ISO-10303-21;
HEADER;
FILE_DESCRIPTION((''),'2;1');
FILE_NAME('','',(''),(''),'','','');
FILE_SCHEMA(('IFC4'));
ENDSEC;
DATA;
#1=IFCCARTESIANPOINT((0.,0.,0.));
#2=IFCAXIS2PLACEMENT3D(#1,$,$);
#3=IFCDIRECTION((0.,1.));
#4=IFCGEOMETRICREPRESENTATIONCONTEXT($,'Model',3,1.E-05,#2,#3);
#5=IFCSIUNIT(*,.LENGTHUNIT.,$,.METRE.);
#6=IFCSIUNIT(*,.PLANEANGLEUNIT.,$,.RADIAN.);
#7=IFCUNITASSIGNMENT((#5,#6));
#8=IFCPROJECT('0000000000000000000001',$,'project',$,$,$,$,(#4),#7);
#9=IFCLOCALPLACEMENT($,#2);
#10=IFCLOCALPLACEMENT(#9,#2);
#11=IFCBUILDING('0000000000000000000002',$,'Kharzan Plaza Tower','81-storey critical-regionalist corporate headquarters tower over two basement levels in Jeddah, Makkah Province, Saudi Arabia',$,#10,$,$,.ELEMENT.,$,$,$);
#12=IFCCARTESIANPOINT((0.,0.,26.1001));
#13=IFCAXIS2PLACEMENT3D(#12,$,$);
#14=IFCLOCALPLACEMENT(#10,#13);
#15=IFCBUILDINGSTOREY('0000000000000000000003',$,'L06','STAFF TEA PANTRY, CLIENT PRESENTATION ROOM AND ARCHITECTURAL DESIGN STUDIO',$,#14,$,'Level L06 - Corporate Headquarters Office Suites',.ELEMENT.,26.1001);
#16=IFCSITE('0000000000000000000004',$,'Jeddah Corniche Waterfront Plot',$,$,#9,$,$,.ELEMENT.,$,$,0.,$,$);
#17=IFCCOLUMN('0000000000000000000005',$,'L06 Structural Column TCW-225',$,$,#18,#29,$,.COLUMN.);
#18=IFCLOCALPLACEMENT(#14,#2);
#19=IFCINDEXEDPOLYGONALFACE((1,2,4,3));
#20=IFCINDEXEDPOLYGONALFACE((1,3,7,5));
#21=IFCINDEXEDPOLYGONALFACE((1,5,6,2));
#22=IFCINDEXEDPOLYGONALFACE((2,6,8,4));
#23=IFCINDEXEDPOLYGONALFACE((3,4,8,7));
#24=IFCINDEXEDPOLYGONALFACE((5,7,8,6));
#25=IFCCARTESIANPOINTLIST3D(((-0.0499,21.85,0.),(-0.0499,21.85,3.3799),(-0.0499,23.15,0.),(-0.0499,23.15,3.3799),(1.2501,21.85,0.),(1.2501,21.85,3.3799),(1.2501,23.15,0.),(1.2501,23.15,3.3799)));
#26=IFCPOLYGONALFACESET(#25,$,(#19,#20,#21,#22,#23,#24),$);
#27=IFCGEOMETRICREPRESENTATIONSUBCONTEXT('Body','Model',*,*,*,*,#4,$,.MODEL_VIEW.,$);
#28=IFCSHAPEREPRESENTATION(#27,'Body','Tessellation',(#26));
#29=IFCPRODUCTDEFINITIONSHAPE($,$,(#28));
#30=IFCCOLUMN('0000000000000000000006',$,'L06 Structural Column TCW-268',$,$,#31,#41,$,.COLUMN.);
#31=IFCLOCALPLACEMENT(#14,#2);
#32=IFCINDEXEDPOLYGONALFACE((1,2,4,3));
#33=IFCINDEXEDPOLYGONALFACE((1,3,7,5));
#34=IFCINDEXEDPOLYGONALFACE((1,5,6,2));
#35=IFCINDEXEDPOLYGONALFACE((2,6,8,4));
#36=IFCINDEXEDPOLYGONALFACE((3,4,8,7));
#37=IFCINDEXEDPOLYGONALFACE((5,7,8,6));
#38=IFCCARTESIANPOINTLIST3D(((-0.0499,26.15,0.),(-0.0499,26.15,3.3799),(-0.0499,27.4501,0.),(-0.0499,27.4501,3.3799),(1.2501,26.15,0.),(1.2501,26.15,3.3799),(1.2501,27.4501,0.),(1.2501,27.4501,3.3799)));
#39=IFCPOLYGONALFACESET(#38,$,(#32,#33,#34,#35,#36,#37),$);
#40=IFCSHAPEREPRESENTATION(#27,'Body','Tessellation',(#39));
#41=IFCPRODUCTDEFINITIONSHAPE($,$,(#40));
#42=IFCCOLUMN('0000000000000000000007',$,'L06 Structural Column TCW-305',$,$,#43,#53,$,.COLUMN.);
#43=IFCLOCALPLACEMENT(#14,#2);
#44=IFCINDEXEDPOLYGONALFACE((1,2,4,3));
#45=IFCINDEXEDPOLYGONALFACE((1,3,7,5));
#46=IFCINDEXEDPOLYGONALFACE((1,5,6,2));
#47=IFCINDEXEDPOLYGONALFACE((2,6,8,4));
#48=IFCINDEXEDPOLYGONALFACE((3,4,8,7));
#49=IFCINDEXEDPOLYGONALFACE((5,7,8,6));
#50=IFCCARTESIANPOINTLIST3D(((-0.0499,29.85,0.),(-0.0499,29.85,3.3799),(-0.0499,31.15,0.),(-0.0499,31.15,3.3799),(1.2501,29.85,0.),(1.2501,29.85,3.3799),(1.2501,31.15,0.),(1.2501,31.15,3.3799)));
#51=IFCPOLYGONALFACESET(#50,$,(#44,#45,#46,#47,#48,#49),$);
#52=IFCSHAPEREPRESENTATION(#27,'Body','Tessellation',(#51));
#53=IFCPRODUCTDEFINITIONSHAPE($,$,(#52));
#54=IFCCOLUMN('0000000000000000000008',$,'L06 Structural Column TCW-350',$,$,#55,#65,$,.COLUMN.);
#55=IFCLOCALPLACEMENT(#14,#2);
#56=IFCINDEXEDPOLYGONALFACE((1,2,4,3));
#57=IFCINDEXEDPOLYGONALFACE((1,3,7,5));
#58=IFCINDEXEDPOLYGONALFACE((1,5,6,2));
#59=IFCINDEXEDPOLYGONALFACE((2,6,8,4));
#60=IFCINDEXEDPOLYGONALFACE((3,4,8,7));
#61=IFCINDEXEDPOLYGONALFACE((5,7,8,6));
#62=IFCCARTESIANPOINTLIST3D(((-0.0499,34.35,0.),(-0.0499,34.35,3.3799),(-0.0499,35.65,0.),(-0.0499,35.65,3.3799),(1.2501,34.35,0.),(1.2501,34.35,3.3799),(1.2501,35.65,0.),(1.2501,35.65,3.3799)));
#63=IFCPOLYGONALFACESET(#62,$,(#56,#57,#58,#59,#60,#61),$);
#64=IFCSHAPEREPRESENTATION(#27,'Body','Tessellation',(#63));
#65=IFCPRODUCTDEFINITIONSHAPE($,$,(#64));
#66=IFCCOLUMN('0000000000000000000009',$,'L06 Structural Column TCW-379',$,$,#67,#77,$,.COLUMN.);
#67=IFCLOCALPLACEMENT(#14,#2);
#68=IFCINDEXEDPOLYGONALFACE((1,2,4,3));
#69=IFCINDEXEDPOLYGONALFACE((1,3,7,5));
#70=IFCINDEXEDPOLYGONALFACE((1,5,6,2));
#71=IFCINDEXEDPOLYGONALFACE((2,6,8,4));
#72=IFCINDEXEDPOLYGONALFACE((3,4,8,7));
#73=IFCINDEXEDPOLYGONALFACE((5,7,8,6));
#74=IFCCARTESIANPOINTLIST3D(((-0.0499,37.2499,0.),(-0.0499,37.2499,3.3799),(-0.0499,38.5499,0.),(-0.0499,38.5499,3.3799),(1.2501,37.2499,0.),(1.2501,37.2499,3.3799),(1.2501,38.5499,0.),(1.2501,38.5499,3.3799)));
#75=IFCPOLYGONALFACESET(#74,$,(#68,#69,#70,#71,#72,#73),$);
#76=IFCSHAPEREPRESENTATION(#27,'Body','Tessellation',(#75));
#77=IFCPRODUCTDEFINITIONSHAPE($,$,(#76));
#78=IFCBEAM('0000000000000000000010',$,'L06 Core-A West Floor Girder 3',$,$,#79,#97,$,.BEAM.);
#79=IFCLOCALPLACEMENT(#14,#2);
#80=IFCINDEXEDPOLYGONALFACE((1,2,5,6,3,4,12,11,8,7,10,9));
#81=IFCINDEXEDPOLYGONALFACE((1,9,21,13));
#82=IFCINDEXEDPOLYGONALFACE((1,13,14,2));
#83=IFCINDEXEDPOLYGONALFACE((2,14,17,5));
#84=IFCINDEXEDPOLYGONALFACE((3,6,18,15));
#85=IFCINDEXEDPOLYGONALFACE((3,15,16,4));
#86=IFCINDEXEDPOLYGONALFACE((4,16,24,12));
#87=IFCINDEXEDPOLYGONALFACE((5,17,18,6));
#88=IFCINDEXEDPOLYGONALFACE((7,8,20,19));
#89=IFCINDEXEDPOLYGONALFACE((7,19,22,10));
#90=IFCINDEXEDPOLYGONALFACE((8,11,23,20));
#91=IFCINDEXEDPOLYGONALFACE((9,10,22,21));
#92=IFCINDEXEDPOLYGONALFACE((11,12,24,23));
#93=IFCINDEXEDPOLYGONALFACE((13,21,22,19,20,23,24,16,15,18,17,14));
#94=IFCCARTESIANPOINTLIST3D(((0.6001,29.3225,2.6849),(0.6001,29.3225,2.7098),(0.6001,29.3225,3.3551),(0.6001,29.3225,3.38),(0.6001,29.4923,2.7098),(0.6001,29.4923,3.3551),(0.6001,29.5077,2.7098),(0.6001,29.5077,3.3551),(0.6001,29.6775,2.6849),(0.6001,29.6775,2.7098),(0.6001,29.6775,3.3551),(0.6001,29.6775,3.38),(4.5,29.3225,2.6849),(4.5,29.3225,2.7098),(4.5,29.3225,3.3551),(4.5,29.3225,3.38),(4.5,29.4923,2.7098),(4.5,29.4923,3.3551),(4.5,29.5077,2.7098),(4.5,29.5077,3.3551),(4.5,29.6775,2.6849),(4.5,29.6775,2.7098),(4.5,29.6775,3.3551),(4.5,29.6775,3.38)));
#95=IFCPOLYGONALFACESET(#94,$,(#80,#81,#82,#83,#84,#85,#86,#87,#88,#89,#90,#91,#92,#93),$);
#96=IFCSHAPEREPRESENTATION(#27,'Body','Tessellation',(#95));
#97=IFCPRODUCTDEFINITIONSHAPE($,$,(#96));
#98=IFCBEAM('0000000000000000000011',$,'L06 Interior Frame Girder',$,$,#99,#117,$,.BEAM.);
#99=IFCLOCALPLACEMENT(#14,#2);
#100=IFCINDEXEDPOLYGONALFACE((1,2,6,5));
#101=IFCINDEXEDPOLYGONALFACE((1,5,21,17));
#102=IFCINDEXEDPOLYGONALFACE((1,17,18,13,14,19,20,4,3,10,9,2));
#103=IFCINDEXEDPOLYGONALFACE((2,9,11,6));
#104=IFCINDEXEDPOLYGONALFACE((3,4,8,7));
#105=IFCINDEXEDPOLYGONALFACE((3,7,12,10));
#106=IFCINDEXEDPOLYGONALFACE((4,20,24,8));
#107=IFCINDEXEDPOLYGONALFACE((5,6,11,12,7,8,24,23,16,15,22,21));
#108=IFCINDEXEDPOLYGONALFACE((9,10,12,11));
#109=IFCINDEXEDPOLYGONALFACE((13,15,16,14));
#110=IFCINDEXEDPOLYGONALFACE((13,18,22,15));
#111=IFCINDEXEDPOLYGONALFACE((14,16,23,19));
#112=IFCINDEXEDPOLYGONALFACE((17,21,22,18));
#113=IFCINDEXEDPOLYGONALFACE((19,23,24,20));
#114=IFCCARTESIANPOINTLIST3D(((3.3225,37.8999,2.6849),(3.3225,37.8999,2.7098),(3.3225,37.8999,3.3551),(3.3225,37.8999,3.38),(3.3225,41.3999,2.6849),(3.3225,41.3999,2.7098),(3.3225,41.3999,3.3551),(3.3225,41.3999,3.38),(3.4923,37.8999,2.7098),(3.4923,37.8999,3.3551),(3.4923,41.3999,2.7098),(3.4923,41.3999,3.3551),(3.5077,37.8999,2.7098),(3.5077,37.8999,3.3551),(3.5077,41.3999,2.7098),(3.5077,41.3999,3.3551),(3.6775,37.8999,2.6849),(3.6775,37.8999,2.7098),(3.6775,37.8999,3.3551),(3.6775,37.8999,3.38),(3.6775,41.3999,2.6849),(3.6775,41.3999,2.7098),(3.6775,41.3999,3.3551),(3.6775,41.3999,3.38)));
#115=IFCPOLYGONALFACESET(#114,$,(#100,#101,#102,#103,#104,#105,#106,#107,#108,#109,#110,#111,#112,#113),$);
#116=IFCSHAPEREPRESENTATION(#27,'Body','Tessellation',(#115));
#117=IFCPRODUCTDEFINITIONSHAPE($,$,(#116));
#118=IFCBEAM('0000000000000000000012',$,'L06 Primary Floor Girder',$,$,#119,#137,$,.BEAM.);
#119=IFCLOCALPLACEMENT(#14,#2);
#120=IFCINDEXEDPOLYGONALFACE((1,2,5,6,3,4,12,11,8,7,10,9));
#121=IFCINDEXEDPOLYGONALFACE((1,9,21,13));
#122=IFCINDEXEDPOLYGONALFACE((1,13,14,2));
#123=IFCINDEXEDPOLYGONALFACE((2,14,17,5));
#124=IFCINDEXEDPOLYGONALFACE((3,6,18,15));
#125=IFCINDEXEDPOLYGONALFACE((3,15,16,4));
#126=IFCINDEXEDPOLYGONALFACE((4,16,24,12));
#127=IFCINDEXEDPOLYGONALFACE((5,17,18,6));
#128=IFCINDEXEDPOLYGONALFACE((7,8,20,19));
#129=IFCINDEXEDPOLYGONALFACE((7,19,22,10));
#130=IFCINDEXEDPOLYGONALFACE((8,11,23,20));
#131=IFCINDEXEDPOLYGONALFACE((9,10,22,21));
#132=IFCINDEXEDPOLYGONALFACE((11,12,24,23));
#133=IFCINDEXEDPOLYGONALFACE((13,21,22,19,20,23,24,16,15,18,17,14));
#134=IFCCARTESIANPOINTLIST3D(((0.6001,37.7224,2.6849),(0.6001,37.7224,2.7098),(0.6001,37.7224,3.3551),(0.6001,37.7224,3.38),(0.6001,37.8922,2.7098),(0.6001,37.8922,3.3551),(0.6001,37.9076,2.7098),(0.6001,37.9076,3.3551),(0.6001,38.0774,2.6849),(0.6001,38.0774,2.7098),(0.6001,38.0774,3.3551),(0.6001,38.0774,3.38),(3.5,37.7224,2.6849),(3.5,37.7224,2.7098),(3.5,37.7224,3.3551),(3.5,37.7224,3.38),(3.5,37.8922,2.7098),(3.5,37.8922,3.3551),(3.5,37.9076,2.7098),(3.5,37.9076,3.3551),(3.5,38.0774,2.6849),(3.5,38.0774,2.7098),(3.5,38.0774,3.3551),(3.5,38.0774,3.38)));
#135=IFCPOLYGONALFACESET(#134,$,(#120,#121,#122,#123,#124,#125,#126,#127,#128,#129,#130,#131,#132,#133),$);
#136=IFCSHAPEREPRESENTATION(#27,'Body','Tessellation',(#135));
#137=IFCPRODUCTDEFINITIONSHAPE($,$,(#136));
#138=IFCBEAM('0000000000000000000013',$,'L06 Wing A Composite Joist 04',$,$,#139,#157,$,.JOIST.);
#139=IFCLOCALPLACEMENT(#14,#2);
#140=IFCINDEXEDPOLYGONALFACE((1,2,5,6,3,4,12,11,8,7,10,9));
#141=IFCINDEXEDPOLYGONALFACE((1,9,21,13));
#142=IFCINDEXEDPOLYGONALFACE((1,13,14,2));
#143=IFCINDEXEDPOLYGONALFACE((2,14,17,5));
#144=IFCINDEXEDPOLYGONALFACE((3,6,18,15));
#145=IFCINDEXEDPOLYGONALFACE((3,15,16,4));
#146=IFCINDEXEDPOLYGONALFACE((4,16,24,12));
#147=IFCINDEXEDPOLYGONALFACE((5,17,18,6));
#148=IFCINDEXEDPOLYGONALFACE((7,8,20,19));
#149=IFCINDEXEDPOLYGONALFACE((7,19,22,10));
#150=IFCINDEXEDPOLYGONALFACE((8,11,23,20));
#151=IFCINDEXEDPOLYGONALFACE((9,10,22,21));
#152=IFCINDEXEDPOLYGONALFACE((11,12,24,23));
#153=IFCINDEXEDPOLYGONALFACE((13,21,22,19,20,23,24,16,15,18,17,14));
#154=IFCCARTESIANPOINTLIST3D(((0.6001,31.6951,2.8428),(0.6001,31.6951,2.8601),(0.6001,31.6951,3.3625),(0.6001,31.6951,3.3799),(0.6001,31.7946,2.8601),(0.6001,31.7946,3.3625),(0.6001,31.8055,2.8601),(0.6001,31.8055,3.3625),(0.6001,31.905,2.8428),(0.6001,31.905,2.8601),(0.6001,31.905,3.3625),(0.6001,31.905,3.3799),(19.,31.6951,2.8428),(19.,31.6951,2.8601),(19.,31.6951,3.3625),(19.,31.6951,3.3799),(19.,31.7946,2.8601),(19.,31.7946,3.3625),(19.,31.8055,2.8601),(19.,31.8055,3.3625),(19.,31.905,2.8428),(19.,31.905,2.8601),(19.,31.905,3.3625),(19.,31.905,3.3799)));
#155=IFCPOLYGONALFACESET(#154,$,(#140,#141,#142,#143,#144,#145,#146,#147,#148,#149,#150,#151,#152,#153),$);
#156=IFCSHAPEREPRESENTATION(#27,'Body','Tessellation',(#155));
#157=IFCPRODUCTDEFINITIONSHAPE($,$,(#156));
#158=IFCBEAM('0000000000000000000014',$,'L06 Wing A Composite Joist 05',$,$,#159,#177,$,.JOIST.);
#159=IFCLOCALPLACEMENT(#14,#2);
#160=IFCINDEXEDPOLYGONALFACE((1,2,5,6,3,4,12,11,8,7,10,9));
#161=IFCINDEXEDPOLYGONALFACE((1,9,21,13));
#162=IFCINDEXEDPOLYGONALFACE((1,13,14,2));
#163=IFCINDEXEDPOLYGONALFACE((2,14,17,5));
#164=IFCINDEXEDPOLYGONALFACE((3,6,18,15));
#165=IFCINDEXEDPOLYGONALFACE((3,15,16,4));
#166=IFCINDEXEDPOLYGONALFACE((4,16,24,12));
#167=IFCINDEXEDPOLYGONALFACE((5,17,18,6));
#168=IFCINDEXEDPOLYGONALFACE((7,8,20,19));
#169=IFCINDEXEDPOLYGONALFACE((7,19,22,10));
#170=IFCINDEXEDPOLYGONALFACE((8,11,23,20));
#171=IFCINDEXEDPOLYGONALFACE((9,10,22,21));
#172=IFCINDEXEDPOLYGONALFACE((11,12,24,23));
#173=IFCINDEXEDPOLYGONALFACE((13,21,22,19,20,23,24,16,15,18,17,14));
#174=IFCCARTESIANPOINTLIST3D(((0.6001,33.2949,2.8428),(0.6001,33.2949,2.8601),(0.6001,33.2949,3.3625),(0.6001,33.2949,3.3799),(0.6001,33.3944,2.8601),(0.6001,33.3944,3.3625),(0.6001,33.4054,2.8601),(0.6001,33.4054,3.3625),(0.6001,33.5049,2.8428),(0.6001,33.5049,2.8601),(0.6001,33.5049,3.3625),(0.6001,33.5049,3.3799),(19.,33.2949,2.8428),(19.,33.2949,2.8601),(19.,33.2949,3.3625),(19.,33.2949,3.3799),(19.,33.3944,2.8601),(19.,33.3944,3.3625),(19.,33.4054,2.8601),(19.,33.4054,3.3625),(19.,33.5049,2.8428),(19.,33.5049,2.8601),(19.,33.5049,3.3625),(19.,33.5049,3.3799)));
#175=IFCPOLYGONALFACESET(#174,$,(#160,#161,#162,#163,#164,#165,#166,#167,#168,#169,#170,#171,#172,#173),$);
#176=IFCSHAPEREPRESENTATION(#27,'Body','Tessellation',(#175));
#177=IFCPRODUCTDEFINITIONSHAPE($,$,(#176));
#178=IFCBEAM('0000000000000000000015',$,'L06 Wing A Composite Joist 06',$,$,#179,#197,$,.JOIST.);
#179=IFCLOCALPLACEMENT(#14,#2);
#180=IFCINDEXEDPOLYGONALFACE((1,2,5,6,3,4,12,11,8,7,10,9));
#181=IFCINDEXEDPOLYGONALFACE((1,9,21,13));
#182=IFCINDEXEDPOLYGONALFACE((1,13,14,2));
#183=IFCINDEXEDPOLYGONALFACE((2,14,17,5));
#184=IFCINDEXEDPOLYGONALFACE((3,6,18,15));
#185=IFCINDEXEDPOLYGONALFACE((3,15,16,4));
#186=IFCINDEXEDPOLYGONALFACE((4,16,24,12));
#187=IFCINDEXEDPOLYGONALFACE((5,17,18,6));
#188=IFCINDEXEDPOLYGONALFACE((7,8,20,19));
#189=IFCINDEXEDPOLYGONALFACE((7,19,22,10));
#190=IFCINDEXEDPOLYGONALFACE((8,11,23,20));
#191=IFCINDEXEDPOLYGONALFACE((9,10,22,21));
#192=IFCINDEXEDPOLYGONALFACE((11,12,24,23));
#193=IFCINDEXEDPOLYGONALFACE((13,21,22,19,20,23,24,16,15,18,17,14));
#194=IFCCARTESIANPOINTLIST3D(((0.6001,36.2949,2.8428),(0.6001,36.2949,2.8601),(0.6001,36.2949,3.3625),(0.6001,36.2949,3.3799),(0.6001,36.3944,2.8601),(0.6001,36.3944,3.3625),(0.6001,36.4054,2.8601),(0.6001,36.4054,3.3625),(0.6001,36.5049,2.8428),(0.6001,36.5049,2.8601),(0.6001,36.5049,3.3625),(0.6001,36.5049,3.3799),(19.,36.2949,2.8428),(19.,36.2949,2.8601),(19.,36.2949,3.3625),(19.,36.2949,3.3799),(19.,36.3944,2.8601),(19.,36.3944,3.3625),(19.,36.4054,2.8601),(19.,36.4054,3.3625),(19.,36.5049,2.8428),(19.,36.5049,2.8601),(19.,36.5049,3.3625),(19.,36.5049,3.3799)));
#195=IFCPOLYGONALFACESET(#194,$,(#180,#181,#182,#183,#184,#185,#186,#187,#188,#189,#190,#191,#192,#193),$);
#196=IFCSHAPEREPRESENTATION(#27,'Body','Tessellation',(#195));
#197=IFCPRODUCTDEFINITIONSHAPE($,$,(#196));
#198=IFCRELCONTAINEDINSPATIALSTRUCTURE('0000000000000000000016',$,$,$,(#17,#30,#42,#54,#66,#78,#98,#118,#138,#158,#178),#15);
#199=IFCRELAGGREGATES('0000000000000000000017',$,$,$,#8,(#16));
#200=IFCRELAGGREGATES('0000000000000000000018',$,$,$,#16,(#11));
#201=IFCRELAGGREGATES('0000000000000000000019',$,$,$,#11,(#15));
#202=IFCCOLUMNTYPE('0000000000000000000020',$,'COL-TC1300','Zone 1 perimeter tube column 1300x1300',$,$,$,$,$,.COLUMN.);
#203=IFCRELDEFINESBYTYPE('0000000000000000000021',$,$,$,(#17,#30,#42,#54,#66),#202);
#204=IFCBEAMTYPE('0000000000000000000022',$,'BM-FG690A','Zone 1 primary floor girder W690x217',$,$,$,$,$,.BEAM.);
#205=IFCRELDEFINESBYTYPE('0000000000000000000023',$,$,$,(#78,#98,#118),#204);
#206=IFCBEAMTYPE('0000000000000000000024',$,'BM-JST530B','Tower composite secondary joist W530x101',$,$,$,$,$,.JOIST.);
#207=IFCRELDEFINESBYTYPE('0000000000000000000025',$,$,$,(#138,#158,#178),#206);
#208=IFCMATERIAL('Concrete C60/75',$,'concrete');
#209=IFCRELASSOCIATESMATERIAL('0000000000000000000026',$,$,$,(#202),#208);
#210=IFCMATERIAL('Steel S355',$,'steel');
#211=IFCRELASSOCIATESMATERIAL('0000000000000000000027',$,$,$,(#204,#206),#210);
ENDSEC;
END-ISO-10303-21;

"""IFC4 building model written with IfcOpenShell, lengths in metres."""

from ifc_helpers import new_model, si_unit, direction, frame, origin, origin_2d, place, context, subcontext, project, spatial, rectangle, i_section, extrude, source, transform, mapped, material, material_profile, profile_set, type_object, element, save


model = new_model("IFC4")

# Units and contexts
model_context = context("Model", 3, precision=1e-05, world=origin(), true_north=direction((0.0, 1.0)))
body_context = subcontext(model_context, "Body", "Model", "MODEL_VIEW")
ifc_project = project(units=[si_unit("LENGTHUNIT", "METRE"), si_unit("PLANEANGLEUNIT", "RADIAN")], contexts=[model_context])

# Site, building, storey
site_placement = place(None, origin())
site = spatial("IfcSite", under=ifc_project, at=site_placement, Name="Jeddah Corniche Waterfront Plot", CompositionType="ELEMENT", RefElevation=0.0)
building_placement = place(site_placement, origin())
building = spatial("IfcBuilding", under=site, at=building_placement, Name="Kharzan Plaza Tower", Description="81-storey critical-regionalist corporate headquarters tower over two basement levels in Jeddah, Makkah Province, Saudi Arabia", CompositionType="ELEMENT")
storey_placement = place(building_placement, frame((0.0, 0.0, 26.1001)))
storey = spatial("IfcBuildingStorey", under=building, at=storey_placement, Name="L06", Description="STAFF TEA PANTRY, CLIENT PRESENTATION ROOM AND ARCHITECTURAL DESIGN STUDIO", LongName="Level L06 - Corporate Headquarters Office Suites", CompositionType="ELEMENT", Elevation=26.1001)

# Columns
ifc_material_1 = material(Name="Concrete C60/75", Category="concrete")
ifc_material_profile_1 = material_profile(ifc_material_1, rectangle(XDim=1.3, YDim=1.3, at=origin_2d()), Name="RC-TC1300x1300")
ifc_profile_set_1 = profile_set([ifc_material_profile_1], Name="Concrete C60/75")
column_type = type_object("IfcColumnType", Name="COL-TC1300", Description="Zone 1 perimeter tube column 1300x1300", PredefinedType="COLUMN", material=ifc_profile_set_1)
shared_shape_1 = source(origin(), body_context, "Body", "SweptSolid", [
    extrude(rectangle(XDim=1.3, YDim=1.3, at=origin_2d()), origin(), (0.0, 0.0, 1.0), 3.3799),
])
for number, where, z_axis, x_axis, name in (
    (1, (0.6001, 22.5, 0.0), (0.0, 0.0, 1.0), (1.0, 0.0, 0.0), "L06 Structural Column TCW-225"),
    (2, (0.6001, 26.8, 0.0), (0.0, 0.0, 1.0), (1.0, 0.0, 0.0), "L06 Structural Column TCW-268"),
    (3, (0.6001, 30.5, 0.0), (0.0, 0.0, 1.0), (1.0, 0.0, 0.0), "L06 Structural Column TCW-305"),
    (4, (0.6001, 35.0, 0.0), (0.0, 0.0, 1.0), (1.0, 0.0, 0.0), "L06 Structural Column TCW-350"),
    (5, (0.6001, 37.8999, 0.0), (0.0, 0.0, 1.0), (1.0, 0.0, 0.0), "L06 Structural Column TCW-379"),
):
    element("IfcColumn", number, at=place(storey_placement, frame(where, z_axis=z_axis, x_axis=x_axis)), inside=storey, type_object=column_type, Name=name, PredefinedType="COLUMN", context=body_context, shape_type="MappedRepresentation", body=[
        mapped(shared_shape_1, transform((0.0, 0.0, 0.0), x_axis=(1.0, 0.0, 0.0), y_axis=(0.0, 1.0, 0.0), z_axis=(0.0, 0.0, 1.0))),
    ])

# Beams
ifc_material_2 = material(Name="Steel S355", Category="steel")
ifc_material_profile_2 = material_profile(ifc_material_2, i_section(OverallWidth=0.355, OverallDepth=0.6951, WebThickness=0.0154, FlangeThickness=0.0249, at=origin_2d()), Name="W690x217")
ifc_profile_set_2 = profile_set([ifc_material_profile_2], Name="Steel S355")
beam_type_1 = type_object("IfcBeamType", Name="BM-FG690A", Description="Zone 1 primary floor girder W690x217", PredefinedType="BEAM", material=ifc_profile_set_2)
shared_shape_2 = source(origin(), body_context, "Body", "SweptSolid", [
    extrude(i_section(OverallWidth=0.355, OverallDepth=0.6951, WebThickness=0.0154, FlangeThickness=0.0249, at=origin_2d()), origin(), (0.0, 0.0, 1.0), 3.8999),
])
beam_1_placement = place(storey_placement, frame((0.6001, 29.5, 3.0325), z_axis=(1.0, 0.0, 0.0), x_axis=(0.0, 1.0, 0.0)))
element("IfcBeam", 6, at=beam_1_placement, inside=storey, type_object=beam_type_1, Name="L06 Core-A West Floor Girder 3", PredefinedType="BEAM", context=body_context, shape_type="MappedRepresentation", body=[
    mapped(shared_shape_2, transform((0.0, 0.0, 0.0), x_axis=(1.0, 0.0, 0.0), y_axis=(0.0, 1.0, 0.0), z_axis=(0.0, 0.0, 1.0))),
])
shared_shape_3 = source(origin(), body_context, "Body", "SweptSolid", [
    extrude(i_section(OverallWidth=0.355, OverallDepth=0.6951, WebThickness=0.0154, FlangeThickness=0.0249, at=origin_2d()), origin(), (0.0, 0.0, 1.0), 3.5),
])
beam_2_placement = place(storey_placement, frame((3.5, 37.8999, 3.0325), z_axis=(0.0, 1.0, 0.0), x_axis=(-1.0, 0.0, 0.0)))
element("IfcBeam", 7, at=beam_2_placement, inside=storey, type_object=beam_type_1, Name="L06 Interior Frame Girder", PredefinedType="BEAM", context=body_context, shape_type="MappedRepresentation", body=[
    mapped(shared_shape_3, transform((0.0, 0.0, 0.0), x_axis=(1.0, 0.0, 0.0), y_axis=(0.0, 1.0, 0.0), z_axis=(0.0, 0.0, 1.0))),
])
shared_shape_4 = source(origin(), body_context, "Body", "SweptSolid", [
    extrude(i_section(OverallWidth=0.355, OverallDepth=0.6951, WebThickness=0.0154, FlangeThickness=0.0249, at=origin_2d()), origin(), (0.0, 0.0, 1.0), 2.8999),
])
beam_3_placement = place(storey_placement, frame((0.6001, 37.8999, 3.0325), z_axis=(1.0, 0.0, 0.0), x_axis=(0.0, 1.0, 0.0)))
element("IfcBeam", 8, at=beam_3_placement, inside=storey, type_object=beam_type_1, Name="L06 Primary Floor Girder", PredefinedType="BEAM", context=body_context, shape_type="MappedRepresentation", body=[
    mapped(shared_shape_4, transform((0.0, 0.0, 0.0), x_axis=(1.0, 0.0, 0.0), y_axis=(0.0, 1.0, 0.0), z_axis=(0.0, 0.0, 1.0))),
])
ifc_material_profile_3 = material_profile(ifc_material_2, i_section(OverallWidth=0.21, OverallDepth=0.5371, WebThickness=0.011, FlangeThickness=0.0173, at=origin_2d()), Name="W530x101")
ifc_profile_set_3 = profile_set([ifc_material_profile_3], Name="Steel S355")
beam_type_2 = type_object("IfcBeamType", Name="BM-JST530B", Description="Tower composite secondary joist W530x101", PredefinedType="JOIST", material=ifc_profile_set_3)
shared_shape_5 = source(origin(), body_context, "Body", "SweptSolid", [
    extrude(i_section(OverallWidth=0.21, OverallDepth=0.5371, WebThickness=0.011, FlangeThickness=0.0173, at=origin_2d()), origin(), (0.0, 0.0, 1.0), 18.3999),
])
for number, where, z_axis, x_axis, name in (
    (9, (0.6001, 31.8, 3.1113), (1.0, 0.0, 0.0), (0.0, 1.0, 0.0), "L06 Wing A Composite Joist 04"),
    (10, (0.6001, 33.3999, 3.1113), (1.0, 0.0, 0.0), (0.0, 1.0, 0.0), "L06 Wing A Composite Joist 05"),
    (11, (0.6001, 36.3999, 3.1113), (1.0, 0.0, 0.0), (0.0, 1.0, 0.0), "L06 Wing A Composite Joist 06"),
):
    element("IfcBeam", number, at=place(storey_placement, frame(where, z_axis=z_axis, x_axis=x_axis)), inside=storey, type_object=beam_type_2, Name=name, PredefinedType="JOIST", context=body_context, shape_type="MappedRepresentation", body=[
        mapped(shared_shape_5, transform((0.0, 0.0, 0.0), x_axis=(1.0, 0.0, 0.0), y_axis=(0.0, 1.0, 0.0), z_axis=(0.0, 0.0, 1.0))),
    ])

save(model, "model.ifc")
